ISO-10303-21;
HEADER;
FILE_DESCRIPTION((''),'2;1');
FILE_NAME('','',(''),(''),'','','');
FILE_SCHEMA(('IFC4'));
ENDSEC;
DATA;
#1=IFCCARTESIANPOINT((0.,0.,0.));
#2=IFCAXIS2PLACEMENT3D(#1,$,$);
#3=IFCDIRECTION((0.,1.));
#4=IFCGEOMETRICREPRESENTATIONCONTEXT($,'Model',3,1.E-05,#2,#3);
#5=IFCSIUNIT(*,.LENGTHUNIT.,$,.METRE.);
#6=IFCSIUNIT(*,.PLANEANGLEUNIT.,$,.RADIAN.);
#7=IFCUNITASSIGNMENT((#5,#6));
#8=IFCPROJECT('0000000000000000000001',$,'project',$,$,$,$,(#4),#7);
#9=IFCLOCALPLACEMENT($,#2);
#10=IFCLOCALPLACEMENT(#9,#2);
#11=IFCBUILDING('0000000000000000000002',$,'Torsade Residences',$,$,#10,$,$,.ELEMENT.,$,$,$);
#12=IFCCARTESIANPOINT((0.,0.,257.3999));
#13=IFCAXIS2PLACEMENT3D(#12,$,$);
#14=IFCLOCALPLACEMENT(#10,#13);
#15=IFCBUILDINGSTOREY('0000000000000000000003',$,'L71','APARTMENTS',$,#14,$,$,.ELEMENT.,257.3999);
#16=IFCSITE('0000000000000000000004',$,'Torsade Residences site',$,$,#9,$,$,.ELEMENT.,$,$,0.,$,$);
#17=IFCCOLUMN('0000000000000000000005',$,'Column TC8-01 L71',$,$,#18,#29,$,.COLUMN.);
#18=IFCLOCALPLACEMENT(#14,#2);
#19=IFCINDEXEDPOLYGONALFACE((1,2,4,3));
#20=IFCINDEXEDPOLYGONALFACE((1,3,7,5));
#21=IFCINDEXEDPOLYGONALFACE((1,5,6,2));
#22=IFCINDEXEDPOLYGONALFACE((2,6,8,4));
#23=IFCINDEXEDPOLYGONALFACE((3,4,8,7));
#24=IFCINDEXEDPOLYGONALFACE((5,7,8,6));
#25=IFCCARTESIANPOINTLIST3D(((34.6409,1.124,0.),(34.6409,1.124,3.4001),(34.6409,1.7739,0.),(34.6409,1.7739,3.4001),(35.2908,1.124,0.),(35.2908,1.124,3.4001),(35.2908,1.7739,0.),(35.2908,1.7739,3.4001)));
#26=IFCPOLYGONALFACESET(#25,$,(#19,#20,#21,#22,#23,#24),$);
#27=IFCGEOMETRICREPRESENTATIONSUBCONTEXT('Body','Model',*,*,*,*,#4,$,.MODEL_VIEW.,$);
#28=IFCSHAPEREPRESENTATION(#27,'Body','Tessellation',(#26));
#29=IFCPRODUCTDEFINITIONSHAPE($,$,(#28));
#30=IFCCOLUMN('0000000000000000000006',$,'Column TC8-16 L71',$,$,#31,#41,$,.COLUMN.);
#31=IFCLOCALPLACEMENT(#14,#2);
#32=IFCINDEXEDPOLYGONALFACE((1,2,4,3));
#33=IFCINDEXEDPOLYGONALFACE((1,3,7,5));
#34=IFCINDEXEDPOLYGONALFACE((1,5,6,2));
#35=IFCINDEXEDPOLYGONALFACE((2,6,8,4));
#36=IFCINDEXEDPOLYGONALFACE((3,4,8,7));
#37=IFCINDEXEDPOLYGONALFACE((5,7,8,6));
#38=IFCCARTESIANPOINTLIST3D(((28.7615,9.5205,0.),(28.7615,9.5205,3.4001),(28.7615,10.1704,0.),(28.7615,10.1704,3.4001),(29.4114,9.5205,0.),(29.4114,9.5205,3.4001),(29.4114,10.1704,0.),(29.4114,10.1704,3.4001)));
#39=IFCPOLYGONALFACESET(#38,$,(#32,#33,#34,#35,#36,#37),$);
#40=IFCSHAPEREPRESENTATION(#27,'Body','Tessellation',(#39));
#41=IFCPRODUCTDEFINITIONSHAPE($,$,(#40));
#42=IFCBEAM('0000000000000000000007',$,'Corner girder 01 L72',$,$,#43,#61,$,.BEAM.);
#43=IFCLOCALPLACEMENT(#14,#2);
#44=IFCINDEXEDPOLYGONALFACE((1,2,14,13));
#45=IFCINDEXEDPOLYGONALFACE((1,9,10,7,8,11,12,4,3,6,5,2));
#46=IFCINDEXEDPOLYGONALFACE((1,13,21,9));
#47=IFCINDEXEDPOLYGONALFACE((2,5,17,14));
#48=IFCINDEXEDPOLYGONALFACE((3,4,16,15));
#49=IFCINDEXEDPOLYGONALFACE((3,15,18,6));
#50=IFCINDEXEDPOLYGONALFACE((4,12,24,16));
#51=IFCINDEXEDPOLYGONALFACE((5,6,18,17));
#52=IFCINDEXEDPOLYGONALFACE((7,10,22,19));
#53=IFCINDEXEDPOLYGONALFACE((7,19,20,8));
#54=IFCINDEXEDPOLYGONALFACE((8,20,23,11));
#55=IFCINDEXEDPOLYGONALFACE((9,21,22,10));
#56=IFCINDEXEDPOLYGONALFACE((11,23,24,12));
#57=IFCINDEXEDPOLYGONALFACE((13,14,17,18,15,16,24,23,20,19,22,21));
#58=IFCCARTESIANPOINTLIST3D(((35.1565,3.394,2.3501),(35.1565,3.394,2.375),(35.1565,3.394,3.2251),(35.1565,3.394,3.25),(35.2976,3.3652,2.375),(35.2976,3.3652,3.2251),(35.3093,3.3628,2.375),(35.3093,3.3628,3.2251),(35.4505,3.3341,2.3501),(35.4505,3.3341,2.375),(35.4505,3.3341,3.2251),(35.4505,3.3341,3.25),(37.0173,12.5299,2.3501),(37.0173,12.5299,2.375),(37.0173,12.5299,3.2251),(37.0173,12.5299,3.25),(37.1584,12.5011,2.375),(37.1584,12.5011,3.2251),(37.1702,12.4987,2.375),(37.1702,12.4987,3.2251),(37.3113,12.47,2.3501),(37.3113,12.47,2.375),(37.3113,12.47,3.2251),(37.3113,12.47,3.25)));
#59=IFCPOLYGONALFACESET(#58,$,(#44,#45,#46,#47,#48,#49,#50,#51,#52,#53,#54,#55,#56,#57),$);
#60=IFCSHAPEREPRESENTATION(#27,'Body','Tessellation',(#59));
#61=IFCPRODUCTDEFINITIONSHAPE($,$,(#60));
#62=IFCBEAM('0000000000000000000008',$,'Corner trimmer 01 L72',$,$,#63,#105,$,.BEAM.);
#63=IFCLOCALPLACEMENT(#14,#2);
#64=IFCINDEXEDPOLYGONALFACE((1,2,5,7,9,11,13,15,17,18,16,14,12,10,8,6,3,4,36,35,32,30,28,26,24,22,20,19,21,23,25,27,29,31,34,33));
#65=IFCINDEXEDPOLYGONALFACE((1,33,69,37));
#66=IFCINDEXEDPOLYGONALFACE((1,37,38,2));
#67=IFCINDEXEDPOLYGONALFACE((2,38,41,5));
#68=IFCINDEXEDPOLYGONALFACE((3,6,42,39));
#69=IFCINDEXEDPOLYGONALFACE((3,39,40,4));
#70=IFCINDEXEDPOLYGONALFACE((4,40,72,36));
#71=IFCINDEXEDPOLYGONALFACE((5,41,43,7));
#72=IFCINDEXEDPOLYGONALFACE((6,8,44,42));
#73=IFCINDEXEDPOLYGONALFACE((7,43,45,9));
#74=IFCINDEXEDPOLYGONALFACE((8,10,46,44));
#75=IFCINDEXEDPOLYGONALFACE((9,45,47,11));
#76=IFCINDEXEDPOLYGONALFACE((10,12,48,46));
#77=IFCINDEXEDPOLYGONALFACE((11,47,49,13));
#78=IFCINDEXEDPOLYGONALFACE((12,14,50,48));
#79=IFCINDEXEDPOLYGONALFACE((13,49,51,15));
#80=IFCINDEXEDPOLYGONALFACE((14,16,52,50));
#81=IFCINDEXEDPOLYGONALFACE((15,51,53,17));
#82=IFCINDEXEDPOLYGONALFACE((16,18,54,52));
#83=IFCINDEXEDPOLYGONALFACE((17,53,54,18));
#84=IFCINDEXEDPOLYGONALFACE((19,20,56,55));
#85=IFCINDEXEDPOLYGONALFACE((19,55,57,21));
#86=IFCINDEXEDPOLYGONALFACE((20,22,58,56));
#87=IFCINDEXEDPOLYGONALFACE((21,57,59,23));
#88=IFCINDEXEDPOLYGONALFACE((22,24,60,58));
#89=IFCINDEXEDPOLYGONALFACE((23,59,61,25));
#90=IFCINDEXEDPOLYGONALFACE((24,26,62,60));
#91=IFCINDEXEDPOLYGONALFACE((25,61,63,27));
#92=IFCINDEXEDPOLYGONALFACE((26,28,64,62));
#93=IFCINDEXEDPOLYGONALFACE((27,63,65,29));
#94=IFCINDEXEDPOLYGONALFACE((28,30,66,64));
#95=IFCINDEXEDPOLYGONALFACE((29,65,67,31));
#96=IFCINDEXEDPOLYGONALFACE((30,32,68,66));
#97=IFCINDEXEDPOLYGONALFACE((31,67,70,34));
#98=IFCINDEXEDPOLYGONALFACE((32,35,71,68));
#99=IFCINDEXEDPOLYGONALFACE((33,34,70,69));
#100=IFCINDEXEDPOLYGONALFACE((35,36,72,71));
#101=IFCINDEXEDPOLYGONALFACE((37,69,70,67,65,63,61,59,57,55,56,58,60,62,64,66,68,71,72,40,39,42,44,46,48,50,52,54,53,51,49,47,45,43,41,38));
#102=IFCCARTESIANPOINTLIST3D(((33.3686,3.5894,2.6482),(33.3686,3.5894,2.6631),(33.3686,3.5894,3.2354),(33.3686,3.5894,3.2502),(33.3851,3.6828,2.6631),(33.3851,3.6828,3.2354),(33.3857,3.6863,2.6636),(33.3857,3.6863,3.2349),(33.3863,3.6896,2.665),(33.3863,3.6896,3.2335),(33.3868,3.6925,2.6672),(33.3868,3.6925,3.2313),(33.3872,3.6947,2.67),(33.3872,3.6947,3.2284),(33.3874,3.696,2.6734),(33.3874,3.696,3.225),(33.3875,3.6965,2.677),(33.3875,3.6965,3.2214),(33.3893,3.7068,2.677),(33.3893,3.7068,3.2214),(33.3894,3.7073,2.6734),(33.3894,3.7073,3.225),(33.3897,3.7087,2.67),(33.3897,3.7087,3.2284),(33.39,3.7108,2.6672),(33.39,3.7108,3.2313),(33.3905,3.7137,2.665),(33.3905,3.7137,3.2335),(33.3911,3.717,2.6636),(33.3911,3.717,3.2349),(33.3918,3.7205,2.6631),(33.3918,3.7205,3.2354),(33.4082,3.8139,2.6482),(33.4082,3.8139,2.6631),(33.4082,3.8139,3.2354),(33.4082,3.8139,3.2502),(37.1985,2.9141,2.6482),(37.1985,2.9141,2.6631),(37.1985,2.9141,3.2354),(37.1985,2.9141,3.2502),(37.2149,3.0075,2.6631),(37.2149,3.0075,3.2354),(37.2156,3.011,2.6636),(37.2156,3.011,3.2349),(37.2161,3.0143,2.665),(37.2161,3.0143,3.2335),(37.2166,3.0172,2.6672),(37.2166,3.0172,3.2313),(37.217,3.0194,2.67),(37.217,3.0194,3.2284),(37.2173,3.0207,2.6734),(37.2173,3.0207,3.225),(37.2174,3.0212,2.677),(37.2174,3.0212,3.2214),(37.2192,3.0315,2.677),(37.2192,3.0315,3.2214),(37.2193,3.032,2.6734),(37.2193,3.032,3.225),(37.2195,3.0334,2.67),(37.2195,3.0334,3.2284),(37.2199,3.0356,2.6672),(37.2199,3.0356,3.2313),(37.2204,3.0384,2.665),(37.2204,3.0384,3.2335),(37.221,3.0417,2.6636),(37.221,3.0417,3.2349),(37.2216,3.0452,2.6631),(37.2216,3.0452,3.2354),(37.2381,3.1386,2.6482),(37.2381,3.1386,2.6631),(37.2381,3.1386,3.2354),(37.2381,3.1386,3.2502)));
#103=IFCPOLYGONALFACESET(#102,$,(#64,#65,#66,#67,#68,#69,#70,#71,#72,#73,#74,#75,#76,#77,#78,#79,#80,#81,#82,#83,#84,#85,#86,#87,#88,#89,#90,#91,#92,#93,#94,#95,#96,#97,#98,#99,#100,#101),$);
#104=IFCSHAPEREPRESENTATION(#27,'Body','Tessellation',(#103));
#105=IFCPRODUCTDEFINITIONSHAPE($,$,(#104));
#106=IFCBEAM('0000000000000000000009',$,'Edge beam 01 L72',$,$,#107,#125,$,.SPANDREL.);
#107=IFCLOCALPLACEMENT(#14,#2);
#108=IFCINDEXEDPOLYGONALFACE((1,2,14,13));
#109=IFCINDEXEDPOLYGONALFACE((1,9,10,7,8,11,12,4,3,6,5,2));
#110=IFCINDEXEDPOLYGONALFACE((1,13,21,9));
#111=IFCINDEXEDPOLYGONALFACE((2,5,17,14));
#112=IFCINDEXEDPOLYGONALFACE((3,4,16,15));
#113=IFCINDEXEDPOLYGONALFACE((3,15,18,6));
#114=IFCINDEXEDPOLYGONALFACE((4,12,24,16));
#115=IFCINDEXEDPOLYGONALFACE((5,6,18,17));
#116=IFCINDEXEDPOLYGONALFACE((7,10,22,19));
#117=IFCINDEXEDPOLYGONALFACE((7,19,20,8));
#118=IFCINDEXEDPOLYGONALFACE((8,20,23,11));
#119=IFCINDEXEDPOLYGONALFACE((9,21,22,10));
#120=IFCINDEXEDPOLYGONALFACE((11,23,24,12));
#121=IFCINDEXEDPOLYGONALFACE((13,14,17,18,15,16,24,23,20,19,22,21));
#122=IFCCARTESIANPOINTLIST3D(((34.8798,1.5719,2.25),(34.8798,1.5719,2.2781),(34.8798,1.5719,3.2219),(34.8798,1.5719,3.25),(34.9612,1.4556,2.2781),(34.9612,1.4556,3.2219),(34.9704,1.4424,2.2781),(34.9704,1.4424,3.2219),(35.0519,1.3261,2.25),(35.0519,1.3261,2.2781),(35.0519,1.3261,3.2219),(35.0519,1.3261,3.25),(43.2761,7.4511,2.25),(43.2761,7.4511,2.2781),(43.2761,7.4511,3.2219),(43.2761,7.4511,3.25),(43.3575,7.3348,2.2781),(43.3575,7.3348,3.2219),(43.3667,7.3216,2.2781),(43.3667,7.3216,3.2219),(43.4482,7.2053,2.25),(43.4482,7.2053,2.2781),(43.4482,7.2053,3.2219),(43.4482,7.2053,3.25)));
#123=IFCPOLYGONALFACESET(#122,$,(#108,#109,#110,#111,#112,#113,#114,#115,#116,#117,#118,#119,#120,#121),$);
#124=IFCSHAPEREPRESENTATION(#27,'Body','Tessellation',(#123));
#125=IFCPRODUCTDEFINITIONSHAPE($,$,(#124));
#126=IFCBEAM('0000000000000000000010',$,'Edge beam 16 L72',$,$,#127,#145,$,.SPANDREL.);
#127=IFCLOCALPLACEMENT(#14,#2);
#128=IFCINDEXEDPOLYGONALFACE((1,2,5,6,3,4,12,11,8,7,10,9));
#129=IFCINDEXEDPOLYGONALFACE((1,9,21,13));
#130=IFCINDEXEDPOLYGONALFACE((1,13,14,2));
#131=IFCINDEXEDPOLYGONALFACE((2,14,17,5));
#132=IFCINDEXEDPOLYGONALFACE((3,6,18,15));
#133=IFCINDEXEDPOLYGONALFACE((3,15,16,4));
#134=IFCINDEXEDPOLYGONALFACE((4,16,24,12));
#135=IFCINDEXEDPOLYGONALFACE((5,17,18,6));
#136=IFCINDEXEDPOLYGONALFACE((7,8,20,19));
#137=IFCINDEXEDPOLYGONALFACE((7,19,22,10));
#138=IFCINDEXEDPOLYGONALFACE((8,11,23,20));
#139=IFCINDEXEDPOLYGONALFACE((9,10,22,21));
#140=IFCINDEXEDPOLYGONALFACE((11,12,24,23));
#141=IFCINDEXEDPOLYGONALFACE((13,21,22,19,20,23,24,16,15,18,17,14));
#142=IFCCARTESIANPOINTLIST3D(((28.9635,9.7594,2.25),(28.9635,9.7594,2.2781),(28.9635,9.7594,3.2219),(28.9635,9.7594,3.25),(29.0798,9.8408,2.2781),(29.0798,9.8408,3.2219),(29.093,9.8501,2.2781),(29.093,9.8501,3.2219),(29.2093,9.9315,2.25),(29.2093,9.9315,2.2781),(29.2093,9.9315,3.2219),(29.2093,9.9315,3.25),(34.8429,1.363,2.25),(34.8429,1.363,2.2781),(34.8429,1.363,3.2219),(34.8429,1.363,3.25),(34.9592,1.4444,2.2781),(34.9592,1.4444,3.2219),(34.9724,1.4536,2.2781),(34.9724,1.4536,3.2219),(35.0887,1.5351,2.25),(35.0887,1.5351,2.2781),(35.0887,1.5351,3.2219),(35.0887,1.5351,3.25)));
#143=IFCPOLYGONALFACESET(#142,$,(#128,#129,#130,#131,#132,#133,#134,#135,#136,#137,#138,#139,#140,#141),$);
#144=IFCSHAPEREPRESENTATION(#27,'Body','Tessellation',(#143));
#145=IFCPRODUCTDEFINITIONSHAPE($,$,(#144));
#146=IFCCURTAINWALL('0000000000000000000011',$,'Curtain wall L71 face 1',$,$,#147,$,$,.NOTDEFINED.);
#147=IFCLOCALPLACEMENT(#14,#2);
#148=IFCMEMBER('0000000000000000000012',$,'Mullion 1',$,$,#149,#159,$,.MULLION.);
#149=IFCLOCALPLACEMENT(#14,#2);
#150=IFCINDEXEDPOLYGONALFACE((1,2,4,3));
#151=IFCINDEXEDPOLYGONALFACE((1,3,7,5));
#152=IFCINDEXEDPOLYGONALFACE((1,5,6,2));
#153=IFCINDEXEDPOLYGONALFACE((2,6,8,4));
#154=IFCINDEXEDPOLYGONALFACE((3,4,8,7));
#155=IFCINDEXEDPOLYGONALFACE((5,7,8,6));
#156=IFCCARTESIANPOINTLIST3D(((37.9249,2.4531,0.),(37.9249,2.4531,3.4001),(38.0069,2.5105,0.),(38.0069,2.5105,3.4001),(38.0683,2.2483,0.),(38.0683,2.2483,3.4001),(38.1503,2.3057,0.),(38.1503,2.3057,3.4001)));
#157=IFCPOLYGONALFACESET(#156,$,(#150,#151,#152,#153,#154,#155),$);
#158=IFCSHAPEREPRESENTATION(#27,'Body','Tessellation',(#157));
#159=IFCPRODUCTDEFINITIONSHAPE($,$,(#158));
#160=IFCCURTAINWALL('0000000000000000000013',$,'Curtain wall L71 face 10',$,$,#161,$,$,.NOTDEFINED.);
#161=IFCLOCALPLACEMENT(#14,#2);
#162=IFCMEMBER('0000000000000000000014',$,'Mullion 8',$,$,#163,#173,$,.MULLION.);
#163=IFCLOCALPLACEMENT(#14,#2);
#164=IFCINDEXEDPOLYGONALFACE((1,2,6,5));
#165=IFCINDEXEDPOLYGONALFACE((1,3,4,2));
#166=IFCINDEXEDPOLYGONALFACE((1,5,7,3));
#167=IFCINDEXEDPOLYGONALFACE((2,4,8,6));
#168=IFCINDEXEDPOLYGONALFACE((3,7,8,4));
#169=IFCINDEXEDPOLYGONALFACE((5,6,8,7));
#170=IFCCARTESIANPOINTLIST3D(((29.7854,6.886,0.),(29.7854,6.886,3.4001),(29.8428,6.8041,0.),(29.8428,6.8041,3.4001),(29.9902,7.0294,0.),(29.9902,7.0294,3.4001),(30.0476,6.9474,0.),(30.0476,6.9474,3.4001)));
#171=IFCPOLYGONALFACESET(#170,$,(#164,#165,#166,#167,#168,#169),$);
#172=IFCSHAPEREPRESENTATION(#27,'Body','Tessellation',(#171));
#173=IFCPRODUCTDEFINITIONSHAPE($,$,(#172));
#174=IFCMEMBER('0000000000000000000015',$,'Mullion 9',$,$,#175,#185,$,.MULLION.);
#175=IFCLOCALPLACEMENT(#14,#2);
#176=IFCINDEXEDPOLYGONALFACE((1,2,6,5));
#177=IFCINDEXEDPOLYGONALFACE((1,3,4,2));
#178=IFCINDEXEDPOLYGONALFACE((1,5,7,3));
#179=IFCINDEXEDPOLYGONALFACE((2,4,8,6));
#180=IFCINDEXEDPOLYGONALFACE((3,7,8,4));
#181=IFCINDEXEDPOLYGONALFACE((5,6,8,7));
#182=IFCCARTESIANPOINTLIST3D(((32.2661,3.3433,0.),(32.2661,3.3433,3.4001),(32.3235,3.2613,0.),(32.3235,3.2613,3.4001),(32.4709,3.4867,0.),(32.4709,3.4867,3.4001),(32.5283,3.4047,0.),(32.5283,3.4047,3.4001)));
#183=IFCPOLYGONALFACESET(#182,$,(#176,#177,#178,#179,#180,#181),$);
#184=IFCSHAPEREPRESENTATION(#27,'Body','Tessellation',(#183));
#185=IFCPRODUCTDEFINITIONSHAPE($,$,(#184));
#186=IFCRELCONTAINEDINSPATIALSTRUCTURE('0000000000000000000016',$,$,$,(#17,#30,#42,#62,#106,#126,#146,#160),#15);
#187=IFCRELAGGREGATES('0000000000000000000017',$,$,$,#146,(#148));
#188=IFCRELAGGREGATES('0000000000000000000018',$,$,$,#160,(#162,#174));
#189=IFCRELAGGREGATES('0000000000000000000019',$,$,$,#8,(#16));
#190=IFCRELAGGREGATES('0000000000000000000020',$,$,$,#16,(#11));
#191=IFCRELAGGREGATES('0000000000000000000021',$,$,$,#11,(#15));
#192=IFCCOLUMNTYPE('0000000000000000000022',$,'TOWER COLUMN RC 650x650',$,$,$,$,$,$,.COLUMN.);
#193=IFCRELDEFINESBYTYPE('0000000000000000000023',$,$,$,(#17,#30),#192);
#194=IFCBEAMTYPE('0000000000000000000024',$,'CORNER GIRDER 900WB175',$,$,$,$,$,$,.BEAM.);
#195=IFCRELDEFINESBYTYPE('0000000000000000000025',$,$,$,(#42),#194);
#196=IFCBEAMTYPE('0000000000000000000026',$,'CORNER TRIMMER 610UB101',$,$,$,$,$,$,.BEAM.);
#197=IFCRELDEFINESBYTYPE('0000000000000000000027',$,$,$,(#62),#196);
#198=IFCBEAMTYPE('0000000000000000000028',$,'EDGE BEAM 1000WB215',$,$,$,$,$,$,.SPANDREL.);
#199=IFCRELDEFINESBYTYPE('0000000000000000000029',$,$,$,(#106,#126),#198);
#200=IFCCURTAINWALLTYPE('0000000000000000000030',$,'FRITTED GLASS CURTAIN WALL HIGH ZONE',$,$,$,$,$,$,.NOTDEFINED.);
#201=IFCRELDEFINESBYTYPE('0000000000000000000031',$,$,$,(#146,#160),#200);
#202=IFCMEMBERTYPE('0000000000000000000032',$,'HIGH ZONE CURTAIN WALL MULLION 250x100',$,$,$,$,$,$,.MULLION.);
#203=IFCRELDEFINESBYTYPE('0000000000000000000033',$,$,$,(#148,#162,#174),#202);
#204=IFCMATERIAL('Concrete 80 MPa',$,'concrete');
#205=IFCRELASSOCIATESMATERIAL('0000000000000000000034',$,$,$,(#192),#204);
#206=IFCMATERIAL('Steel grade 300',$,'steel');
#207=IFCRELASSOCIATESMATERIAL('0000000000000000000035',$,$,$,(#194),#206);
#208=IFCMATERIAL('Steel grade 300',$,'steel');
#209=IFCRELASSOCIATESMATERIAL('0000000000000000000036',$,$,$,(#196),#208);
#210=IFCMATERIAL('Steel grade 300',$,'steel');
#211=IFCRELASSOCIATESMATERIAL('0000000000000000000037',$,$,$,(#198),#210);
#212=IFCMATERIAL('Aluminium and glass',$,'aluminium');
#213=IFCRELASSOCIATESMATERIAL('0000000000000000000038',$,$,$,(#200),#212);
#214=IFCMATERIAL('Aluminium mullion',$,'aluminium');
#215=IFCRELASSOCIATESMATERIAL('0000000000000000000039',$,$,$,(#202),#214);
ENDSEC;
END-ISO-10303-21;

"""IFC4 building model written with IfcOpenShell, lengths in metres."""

from ifc_helpers import new_model, si_unit, direction, frame, origin, origin_2d, place, context, subcontext, project, spatial, rectangle, i_section, extrude, material, material_profile, profile_set, type_object, element, aggregate, save


model = new_model("IFC4")

# Units and contexts
model_context = context("Model", 3, precision=1e-05, world=origin(), true_north=direction((0.0, 1.0)))
body_context = subcontext(model_context, "Body", "Model", "MODEL_VIEW")
ifc_project = project(units=[si_unit("LENGTHUNIT", "METRE"), si_unit("PLANEANGLEUNIT", "RADIAN")], contexts=[model_context])

# Site, building, storey
site_placement = place(None, origin())
site = spatial("IfcSite", under=ifc_project, at=site_placement, Name="Torsade Residences site", CompositionType="ELEMENT", RefElevation=0.0)
building_placement = place(site_placement, origin())
building = spatial("IfcBuilding", under=site, at=building_placement, Name="Torsade Residences", CompositionType="ELEMENT")
storey_placement = place(building_placement, frame((0.0, 0.0, 257.3999)))
storey = spatial("IfcBuildingStorey", under=building, at=storey_placement, Name="L71", Description="APARTMENTS", CompositionType="ELEMENT", Elevation=257.3999)

# Columns
ifc_material_1 = material(Name="Concrete 80 MPa", Category="concrete")
ifc_material_profile_1 = material_profile(ifc_material_1, rectangle(XDim=0.6499, YDim=0.6499, at=origin_2d()), Name="RC 650x650")
ifc_profile_set_1 = profile_set([ifc_material_profile_1], Name="Concrete 80 MPa")
column_type = type_object("IfcColumnType", Name="TOWER COLUMN RC 650x650", PredefinedType="COLUMN", material=ifc_profile_set_1)
for number, where, z_axis, x_axis, name in (
    (1, (34.9658, 1.449, 0.0), (0.0, 0.0, 1.0), (1.0, 0.0, 0.0), "Column TC8-01 L71"),
    (2, (29.0864, 9.8455, 0.0), (0.0, 0.0, 1.0), (1.0, 0.0, 0.0), "Column TC8-16 L71"),
):
    element("IfcColumn", number, at=place(storey_placement, frame(where, z_axis=z_axis, x_axis=x_axis)), inside=storey, type_object=column_type, Name=name, PredefinedType="COLUMN", context=body_context, shape_type="SweptSolid", body=[
        extrude(rectangle(XDim=0.6499, YDim=0.6499, at=origin_2d()), origin(), (0.0, 0.0, 1.0), 3.4001),
    ])

# Beams
ifc_material_2 = material(Name="Steel grade 300", Category="steel")
ifc_material_profile_2 = material_profile(ifc_material_2, i_section(OverallWidth=0.3, OverallDepth=0.8999, WebThickness=0.012, FlangeThickness=0.0249, at=origin_2d()), Name="900WB175")
ifc_profile_set_2 = profile_set([ifc_material_profile_2], Name="Steel grade 300")
beam_type_1 = type_object("IfcBeamType", Name="CORNER GIRDER 900WB175", PredefinedType="BEAM", material=ifc_profile_set_2)
beam_1_placement = place(storey_placement, frame((35.3035, 3.364, 2.8), z_axis=(0.199584, 0.979881, 0.0), x_axis=(-0.979881, 0.199584, 0.0)))
element("IfcBeam", 3, at=beam_1_placement, inside=storey, type_object=beam_type_1, Name="Corner girder 01 L72", PredefinedType="BEAM", context=body_context, shape_type="SweptSolid", body=[
    extrude(i_section(OverallWidth=0.3, OverallDepth=0.8999, WebThickness=0.012, FlangeThickness=0.0249, at=origin_2d()), origin(), (0.0, 0.0, 1.0), 9.3235),
])
ifc_material_3 = material(Name="Steel grade 300", Category="steel")
ifc_material_profile_3 = material_profile(ifc_material_3, i_section(OverallWidth=0.228, OverallDepth=0.6021, WebThickness=0.0105, FlangeThickness=0.0149, FilletRadius=0.0139, at=origin_2d()), Name="610UB101")
ifc_profile_set_3 = profile_set([ifc_material_profile_3], Name="Steel grade 300")
beam_type_2 = type_object("IfcBeamType", Name="CORNER TRIMMER 610UB101", PredefinedType="BEAM", material=ifc_profile_set_3)
beam_2_placement = place(storey_placement, frame((37.2183, 3.0264, 2.9492), z_axis=(-0.984808, 0.173646, 0.0), x_axis=(-0.173646, -0.984808, 0.0)))
element("IfcBeam", 4, at=beam_2_placement, inside=storey, type_object=beam_type_2, Name="Corner trimmer 01 L72", PredefinedType="BEAM", context=body_context, shape_type="SweptSolid", body=[
    extrude(i_section(OverallWidth=0.228, OverallDepth=0.6021, WebThickness=0.0105, FlangeThickness=0.0149, FilletRadius=0.0139, at=origin_2d()), origin(), (0.0, 0.0, 1.0), 3.8889),
])
ifc_material_4 = material(Name="Steel grade 300", Category="steel")
ifc_material_profile_4 = material_profile(ifc_material_4, i_section(OverallWidth=0.3, OverallDepth=1.0, WebThickness=0.0161, FlangeThickness=0.0281, at=origin_2d()), Name="1000WB215")
ifc_profile_set_4 = profile_set([ifc_material_profile_4], Name="Steel grade 300")
beam_type_3 = type_object("IfcBeamType", Name="EDGE BEAM 1000WB215", PredefinedType="SPANDREL", material=ifc_profile_set_4)
beam_3_placement = place(storey_placement, frame((34.9658, 1.449, 2.75), z_axis=(0.81915, 0.573579, 0.0), x_axis=(-0.573579, 0.81915, 0.0)))
element("IfcBeam", 5, at=beam_3_placement, inside=storey, type_object=beam_type_3, Name="Edge beam 01 L72", PredefinedType="SPANDREL", context=body_context, shape_type="SweptSolid", body=[
    extrude(i_section(OverallWidth=0.3, OverallDepth=1.0, WebThickness=0.0161, FlangeThickness=0.0281, at=origin_2d()), origin(), (0.0, 0.0, 1.0), 10.25),
])
beam_4_placement = place(storey_placement, frame((29.0864, 9.8455, 2.75), z_axis=(0.573584, -0.819147, 0.0), x_axis=(0.819147, 0.573584, 0.0)))
element("IfcBeam", 6, at=beam_4_placement, inside=storey, type_object=beam_type_3, Name="Edge beam 16 L72", PredefinedType="SPANDREL", context=body_context, shape_type="SweptSolid", body=[
    extrude(i_section(OverallWidth=0.3, OverallDepth=1.0, WebThickness=0.0161, FlangeThickness=0.0281, at=origin_2d()), origin(), (0.0, 0.0, 1.0), 10.2502),
])

# Curtain wall, member
ifc_material_5 = material(Name="Aluminium and glass", Category="aluminium")
curtain_wall_type = type_object("IfcCurtainWallType", Name="FRITTED GLASS CURTAIN WALL HIGH ZONE", PredefinedType="NOTDEFINED", material=ifc_material_5)
curtain_wall_1_placement = place(storey_placement, origin())
curtain_wall_1 = element("IfcCurtainWall", 7, at=curtain_wall_1_placement, inside=storey, type_object=curtain_wall_type, Name="Curtain wall L71 face 1", PredefinedType="NOTDEFINED")
ifc_material_6 = material(Name="Aluminium mullion", Category="aluminium")
ifc_material_profile_5 = material_profile(ifc_material_6, rectangle(XDim=0.25, YDim=0.1001, at=origin_2d()), Name="HIGH ZONE CURTAIN WALL MULLION 250x100")
ifc_profile_set_5 = profile_set([ifc_material_profile_5], Name="Aluminium mullion")
member_type_1 = type_object("IfcMemberType", Name="HIGH ZONE CURTAIN WALL MULLION 250x100", PredefinedType="MULLION", material=ifc_profile_set_5)
member_1_placement = place(storey_placement, frame((38.0376, 2.3794, 0.0), z_axis=(0.0, 0.0, 1.0), x_axis=(-0.573576, 0.819152, 0.0)))
member_1 = element("IfcMember", 8, at=member_1_placement, type_object=member_type_1, Name="Mullion 1", PredefinedType="MULLION", context=body_context, shape_type="SweptSolid", body=[
    extrude(rectangle(XDim=0.25, YDim=0.1001, at=origin_2d()), origin(), (0.0, 0.0, 1.0), 3.4001),
])

# Curtain wall, members
curtain_wall_2_placement = place(storey_placement, origin())
curtain_wall_2 = element("IfcCurtainWall", 9, at=curtain_wall_2_placement, inside=storey, type_object=curtain_wall_type, Name="Curtain wall L71 face 10", PredefinedType="NOTDEFINED")
member_2_placement = place(storey_placement, frame((29.9165, 6.9167, 0.0), z_axis=(0.0, 0.0, 1.0), x_axis=(0.819152, 0.573576, 0.0)))
member_2 = element("IfcMember", 10, at=member_2_placement, type_object=member_type_1, Name="Mullion 8", PredefinedType="MULLION", context=body_context, shape_type="SweptSolid", body=[
    extrude(rectangle(XDim=0.25, YDim=0.1001, at=origin_2d()), origin(), (0.0, 0.0, 1.0), 3.4001),
])
member_3_placement = place(storey_placement, frame((32.3972, 3.374, 0.0), z_axis=(0.0, 0.0, 1.0), x_axis=(0.819152, 0.573576, 0.0)))
member_3 = element("IfcMember", 11, at=member_3_placement, type_object=member_type_1, Name="Mullion 9", PredefinedType="MULLION", context=body_context, shape_type="SweptSolid", body=[
    extrude(rectangle(XDim=0.25, YDim=0.1001, at=origin_2d()), origin(), (0.0, 0.0, 1.0), 3.4001),
])

aggregate(curtain_wall_1, [member_1])
aggregate(curtain_wall_2, [member_2, member_3])

save(model, "model.ifc")
